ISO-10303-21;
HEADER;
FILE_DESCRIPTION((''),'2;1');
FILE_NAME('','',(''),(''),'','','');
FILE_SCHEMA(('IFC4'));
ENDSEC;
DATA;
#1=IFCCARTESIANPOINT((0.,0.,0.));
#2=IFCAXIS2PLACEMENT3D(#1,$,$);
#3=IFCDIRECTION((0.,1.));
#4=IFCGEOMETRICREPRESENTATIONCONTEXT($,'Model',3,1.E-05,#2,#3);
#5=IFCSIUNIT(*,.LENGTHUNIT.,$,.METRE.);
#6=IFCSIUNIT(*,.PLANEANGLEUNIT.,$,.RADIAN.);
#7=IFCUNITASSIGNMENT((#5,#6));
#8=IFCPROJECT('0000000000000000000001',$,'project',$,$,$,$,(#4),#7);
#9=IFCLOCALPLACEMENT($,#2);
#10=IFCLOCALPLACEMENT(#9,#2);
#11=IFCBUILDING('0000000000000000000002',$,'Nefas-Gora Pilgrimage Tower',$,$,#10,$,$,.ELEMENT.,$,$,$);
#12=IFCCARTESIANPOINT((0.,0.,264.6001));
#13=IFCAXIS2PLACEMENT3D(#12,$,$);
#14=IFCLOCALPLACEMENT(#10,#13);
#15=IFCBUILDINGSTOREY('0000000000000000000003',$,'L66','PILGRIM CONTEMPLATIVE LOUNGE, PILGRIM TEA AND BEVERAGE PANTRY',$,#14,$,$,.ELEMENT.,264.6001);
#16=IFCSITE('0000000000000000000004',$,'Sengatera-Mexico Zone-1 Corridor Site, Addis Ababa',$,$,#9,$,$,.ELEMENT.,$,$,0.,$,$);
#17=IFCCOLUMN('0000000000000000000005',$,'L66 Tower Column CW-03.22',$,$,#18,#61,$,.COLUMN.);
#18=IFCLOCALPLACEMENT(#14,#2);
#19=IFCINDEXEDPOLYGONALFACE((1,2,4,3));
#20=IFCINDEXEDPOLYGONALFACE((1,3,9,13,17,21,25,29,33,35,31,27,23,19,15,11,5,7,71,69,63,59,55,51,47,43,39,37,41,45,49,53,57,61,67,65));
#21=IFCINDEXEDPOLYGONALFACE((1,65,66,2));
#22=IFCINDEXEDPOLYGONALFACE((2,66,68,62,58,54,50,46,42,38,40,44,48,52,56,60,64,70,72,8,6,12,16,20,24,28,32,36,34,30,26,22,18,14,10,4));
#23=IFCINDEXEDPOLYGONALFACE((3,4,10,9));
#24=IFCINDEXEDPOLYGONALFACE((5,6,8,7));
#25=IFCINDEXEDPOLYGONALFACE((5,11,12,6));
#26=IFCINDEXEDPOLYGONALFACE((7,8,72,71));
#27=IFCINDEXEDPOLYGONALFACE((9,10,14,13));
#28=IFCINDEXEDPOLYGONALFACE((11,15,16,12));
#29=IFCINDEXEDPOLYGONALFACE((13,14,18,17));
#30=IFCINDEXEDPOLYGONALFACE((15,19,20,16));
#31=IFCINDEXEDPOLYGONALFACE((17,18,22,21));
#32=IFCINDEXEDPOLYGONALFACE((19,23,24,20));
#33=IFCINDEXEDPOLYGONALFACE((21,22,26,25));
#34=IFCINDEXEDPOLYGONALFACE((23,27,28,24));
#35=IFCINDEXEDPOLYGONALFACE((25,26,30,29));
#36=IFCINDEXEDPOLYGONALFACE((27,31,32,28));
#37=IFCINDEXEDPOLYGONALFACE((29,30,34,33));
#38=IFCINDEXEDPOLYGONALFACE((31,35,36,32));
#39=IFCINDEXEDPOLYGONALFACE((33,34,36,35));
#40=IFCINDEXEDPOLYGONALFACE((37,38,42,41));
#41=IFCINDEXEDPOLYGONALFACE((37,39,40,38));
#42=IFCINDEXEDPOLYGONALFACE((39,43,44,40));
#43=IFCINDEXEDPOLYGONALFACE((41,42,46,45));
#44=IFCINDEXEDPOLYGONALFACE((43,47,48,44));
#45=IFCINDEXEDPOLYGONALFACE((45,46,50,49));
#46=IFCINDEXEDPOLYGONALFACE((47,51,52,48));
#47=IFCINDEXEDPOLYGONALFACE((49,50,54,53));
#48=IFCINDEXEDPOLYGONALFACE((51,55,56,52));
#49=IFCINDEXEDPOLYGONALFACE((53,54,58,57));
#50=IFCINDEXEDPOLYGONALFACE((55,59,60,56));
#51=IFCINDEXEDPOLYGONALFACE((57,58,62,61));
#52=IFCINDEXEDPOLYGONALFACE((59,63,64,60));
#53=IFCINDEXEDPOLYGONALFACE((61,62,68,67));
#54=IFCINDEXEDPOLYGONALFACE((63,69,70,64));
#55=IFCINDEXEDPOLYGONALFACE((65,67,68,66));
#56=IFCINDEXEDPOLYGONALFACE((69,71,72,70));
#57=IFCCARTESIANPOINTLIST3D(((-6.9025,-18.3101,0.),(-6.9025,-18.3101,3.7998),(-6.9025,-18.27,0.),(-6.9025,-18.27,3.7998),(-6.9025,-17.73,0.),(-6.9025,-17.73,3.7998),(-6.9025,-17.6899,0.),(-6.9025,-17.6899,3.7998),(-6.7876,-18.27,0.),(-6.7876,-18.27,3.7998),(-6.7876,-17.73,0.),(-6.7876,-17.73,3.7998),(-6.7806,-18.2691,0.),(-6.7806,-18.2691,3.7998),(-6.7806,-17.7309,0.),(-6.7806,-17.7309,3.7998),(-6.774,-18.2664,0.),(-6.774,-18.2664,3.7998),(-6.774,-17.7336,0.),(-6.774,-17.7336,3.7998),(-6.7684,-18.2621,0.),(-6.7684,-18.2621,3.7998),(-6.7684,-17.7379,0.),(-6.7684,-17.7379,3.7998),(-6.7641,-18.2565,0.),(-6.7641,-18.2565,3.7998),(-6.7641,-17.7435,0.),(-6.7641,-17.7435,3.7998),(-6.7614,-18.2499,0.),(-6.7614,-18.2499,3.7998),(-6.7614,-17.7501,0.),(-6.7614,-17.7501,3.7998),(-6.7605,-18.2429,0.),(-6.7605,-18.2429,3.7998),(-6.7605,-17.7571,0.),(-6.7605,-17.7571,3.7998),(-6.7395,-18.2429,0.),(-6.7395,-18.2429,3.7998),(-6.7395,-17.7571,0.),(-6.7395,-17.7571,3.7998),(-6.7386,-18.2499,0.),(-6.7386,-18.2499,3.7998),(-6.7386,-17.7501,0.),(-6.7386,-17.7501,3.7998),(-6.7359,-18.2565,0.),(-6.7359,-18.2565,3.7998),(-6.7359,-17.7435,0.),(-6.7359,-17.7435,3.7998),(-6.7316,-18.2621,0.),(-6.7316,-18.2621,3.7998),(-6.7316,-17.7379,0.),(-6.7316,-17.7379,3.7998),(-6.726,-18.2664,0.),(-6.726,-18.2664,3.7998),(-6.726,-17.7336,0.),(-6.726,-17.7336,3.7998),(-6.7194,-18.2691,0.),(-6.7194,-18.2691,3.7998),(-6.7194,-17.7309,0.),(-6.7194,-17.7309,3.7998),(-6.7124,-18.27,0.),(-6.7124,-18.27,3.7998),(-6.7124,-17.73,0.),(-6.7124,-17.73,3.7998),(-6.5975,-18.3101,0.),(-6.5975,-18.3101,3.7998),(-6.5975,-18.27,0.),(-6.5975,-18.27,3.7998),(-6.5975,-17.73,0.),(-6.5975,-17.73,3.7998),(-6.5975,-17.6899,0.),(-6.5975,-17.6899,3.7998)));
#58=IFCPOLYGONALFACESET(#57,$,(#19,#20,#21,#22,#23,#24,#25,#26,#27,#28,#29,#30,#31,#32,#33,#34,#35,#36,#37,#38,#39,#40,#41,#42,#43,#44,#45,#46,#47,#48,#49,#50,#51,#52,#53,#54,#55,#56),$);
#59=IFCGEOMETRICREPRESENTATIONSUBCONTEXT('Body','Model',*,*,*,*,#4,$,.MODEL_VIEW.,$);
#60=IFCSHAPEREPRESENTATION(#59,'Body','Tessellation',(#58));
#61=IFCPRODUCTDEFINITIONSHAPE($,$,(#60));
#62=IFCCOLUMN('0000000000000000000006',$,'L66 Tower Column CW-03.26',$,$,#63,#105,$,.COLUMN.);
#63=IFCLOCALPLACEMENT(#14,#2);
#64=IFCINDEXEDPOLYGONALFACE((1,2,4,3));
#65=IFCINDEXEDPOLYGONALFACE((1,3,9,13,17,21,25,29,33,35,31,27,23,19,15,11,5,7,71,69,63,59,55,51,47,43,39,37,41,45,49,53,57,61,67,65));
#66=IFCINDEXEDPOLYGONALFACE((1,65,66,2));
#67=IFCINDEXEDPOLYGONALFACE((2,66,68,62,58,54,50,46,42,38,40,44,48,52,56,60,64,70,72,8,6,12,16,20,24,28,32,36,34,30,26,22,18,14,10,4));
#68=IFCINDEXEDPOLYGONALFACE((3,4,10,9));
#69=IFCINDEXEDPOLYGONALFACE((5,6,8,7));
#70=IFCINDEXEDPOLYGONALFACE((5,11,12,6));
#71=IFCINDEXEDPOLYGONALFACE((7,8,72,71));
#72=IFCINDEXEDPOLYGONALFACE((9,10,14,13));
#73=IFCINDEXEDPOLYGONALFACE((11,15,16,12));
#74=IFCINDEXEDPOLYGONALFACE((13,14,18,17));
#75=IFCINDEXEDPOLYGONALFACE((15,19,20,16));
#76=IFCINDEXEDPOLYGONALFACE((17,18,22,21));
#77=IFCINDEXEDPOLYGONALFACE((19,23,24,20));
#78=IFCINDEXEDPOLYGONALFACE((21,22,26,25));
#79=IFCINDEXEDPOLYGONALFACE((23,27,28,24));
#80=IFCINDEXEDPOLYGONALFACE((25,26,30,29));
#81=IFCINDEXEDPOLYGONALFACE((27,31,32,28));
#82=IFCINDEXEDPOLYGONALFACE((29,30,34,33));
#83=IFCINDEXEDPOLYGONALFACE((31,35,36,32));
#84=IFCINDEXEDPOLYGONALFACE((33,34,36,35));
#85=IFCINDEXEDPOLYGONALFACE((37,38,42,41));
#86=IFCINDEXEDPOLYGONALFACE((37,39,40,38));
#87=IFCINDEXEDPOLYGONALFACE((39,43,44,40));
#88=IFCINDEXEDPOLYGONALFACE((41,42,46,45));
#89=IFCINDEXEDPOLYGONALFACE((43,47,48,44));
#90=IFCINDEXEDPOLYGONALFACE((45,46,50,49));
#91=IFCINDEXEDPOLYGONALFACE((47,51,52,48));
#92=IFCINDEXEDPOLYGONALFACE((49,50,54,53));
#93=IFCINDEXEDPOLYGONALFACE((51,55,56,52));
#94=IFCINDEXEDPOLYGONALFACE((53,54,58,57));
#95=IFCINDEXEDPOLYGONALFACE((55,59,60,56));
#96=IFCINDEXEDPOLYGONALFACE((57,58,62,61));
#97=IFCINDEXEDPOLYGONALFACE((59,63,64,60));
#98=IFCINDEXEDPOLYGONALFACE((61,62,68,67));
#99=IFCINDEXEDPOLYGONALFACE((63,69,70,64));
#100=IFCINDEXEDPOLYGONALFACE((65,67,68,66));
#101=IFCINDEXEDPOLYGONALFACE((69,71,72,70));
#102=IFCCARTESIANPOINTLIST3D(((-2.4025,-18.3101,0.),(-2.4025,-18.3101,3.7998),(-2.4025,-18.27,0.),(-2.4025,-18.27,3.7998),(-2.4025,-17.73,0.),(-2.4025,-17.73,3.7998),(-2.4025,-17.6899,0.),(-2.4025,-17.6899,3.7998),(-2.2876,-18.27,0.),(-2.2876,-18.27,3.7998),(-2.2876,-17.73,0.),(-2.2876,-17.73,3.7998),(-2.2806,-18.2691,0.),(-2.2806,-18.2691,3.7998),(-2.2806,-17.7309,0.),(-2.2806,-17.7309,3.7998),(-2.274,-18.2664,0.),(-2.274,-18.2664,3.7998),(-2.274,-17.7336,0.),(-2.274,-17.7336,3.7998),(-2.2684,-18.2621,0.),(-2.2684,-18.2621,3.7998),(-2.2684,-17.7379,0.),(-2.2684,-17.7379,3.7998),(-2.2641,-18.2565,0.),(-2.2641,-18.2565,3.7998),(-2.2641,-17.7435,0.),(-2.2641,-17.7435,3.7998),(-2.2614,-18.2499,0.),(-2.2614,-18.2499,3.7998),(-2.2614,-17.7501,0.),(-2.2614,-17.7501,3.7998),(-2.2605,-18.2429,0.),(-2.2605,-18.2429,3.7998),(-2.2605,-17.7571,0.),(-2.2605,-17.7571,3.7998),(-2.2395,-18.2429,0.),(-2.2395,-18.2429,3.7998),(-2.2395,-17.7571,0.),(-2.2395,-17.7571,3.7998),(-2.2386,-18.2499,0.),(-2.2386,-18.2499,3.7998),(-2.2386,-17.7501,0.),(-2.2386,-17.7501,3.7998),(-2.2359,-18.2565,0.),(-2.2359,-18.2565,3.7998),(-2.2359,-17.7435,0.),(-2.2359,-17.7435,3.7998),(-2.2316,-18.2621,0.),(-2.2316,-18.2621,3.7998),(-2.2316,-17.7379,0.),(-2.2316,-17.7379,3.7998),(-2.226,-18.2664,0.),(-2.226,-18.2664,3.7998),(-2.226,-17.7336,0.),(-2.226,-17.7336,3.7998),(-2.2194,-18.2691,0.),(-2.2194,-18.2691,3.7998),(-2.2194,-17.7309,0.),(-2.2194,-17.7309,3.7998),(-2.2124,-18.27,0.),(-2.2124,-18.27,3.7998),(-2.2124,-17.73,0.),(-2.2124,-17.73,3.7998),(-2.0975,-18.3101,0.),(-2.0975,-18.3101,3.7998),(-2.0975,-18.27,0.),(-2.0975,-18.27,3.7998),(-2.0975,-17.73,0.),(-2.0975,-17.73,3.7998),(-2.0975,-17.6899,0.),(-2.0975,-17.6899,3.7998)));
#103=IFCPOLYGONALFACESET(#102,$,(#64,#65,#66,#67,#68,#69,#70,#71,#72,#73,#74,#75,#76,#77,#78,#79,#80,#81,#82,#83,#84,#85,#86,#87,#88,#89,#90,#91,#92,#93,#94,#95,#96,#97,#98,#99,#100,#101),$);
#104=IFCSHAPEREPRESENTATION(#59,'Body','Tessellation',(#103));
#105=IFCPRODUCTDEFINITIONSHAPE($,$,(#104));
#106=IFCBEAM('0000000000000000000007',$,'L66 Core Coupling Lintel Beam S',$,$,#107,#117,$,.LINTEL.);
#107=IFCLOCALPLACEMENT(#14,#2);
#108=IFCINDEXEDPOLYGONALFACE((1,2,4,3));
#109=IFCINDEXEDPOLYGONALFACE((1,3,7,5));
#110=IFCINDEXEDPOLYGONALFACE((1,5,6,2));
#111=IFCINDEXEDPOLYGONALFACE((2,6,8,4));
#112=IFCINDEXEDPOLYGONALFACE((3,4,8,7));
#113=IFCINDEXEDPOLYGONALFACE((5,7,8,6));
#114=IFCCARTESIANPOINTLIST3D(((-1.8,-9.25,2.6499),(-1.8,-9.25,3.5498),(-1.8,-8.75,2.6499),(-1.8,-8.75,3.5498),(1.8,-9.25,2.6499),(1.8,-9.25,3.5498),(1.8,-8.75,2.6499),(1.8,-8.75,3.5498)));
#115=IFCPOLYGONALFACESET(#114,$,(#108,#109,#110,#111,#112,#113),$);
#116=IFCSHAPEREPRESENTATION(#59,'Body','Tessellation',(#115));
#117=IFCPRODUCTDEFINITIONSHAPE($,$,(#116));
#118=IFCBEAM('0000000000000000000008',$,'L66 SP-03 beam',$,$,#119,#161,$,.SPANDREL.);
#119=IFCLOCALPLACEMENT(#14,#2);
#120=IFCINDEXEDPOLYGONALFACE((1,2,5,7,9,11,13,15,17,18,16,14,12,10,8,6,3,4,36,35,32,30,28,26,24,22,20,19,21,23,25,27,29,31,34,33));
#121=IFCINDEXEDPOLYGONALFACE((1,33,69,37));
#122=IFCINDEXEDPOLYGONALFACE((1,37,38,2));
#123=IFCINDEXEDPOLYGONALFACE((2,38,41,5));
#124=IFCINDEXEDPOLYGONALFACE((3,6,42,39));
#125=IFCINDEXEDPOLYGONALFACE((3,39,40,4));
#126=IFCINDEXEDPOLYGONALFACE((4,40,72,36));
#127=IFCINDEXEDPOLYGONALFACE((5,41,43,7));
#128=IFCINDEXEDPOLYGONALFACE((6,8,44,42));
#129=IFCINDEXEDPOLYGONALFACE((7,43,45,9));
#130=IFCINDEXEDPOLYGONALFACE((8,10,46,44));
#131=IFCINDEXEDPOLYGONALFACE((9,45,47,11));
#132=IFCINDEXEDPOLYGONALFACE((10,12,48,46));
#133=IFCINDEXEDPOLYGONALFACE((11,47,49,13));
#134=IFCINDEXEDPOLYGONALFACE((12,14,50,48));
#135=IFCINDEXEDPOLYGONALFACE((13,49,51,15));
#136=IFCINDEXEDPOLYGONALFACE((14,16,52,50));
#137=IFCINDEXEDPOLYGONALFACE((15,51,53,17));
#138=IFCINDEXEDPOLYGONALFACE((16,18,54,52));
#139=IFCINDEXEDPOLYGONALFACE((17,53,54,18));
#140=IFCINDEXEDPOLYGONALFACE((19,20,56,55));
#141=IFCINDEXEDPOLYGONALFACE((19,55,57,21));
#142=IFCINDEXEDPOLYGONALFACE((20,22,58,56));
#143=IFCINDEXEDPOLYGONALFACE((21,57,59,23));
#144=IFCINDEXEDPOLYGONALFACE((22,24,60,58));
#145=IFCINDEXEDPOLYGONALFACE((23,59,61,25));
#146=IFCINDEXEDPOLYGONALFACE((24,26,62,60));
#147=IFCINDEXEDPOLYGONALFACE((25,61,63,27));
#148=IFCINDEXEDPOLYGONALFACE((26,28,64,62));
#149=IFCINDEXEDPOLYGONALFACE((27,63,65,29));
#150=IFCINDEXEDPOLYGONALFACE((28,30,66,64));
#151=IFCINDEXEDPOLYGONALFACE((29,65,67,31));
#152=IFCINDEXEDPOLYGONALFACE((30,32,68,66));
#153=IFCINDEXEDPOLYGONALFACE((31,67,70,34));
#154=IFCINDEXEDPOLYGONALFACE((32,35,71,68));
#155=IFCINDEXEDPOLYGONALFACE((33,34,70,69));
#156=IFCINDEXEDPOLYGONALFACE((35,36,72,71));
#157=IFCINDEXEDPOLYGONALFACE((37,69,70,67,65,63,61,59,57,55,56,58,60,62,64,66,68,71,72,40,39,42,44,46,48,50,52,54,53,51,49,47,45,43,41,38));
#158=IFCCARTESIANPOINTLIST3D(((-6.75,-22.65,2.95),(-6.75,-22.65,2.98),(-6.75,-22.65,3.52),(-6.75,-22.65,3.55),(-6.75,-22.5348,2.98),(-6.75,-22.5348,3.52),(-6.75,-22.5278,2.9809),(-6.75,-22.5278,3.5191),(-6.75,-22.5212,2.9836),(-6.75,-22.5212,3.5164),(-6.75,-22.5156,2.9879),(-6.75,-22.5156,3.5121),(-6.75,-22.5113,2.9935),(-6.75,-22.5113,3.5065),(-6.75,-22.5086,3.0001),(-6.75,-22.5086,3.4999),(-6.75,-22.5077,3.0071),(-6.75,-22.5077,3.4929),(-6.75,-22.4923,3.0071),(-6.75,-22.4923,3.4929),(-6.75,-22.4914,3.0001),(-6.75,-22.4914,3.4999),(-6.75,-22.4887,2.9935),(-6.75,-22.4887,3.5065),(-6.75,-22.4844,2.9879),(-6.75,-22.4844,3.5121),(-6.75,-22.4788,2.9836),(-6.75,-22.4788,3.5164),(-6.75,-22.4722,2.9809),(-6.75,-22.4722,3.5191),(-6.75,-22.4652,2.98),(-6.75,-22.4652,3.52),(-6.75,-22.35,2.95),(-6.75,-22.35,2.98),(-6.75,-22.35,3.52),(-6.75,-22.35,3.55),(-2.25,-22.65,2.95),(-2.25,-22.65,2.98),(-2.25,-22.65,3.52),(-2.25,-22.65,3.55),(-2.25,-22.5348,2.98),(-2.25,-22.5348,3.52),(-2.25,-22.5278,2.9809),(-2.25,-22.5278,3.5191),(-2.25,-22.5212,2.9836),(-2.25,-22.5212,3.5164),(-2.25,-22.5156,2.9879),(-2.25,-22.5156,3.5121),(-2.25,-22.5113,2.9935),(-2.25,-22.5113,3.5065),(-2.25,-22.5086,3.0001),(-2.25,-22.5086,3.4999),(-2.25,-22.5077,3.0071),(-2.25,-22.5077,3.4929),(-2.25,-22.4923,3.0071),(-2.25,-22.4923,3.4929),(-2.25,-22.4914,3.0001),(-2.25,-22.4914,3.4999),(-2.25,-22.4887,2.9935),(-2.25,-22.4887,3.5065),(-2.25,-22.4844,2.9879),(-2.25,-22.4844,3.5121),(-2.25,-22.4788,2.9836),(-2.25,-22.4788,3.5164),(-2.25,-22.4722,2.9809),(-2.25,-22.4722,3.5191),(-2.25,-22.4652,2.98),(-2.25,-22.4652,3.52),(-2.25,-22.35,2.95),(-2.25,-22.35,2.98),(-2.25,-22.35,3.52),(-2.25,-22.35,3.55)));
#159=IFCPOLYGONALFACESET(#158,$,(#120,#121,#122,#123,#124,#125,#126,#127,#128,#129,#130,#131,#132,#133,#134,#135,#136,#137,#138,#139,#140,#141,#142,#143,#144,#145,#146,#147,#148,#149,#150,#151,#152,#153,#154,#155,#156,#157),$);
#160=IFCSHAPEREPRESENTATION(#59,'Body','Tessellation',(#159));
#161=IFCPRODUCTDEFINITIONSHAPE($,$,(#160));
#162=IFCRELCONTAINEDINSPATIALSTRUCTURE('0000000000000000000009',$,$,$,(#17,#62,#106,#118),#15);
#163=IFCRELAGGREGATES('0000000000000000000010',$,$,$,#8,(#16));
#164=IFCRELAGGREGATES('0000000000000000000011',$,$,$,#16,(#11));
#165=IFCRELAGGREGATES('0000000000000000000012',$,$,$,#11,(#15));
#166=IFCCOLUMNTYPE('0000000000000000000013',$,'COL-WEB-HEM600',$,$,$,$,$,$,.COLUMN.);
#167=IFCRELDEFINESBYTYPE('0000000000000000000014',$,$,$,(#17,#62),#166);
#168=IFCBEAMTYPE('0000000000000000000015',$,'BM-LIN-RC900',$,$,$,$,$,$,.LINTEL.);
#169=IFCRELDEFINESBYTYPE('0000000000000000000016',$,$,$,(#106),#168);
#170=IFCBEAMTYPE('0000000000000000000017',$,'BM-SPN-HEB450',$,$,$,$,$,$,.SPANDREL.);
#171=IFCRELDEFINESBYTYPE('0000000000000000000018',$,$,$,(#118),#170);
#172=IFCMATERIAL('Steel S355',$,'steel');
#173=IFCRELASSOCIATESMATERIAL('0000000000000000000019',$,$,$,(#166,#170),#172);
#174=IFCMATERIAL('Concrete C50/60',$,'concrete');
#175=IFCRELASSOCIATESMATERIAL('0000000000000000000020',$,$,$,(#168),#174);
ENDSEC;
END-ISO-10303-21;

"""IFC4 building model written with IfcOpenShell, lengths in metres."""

from ifc_helpers import new_model, si_unit, direction, frame, origin, origin_2d, place, context, subcontext, project, spatial, rectangle, i_section, extrude, source, transform, mapped, material, material_profile, profile_set, type_object, element, save


model = new_model("IFC4")

# Units and contexts
model_context = context("Model", 3, precision=1e-05, world=origin(), true_north=direction((0.0, 1.0)))
body_context = subcontext(model_context, "Body", "Model", "MODEL_VIEW")
ifc_project = project(units=[si_unit("LENGTHUNIT", "METRE"), si_unit("PLANEANGLEUNIT", "RADIAN")], contexts=[model_context])

# Site, building, storey
site_placement = place(None, origin())
site = spatial("IfcSite", under=ifc_project, at=site_placement, Name="Sengatera-Mexico Zone-1 Corridor Site, Addis Ababa", CompositionType="ELEMENT", RefElevation=0.0)
building_placement = place(site_placement, origin())
building = spatial("IfcBuilding", under=site, at=building_placement, Name="Nefas-Gora Pilgrimage Tower", CompositionType="ELEMENT")
storey_placement = place(building_placement, frame((0.0, 0.0, 264.6001)))
storey = spatial("IfcBuildingStorey", under=building, at=storey_placement, Name="L66", Description="PILGRIM CONTEMPLATIVE LOUNGE, PILGRIM TEA AND BEVERAGE PANTRY", CompositionType="ELEMENT", Elevation=264.6001)

# Columns
ifc_material_1 = material(Name="Steel S355", Category="steel")
ifc_material_profile_1 = material_profile(ifc_material_1, i_section(OverallWidth=0.3049, OverallDepth=0.6201, WebThickness=0.021, FlangeThickness=0.04, FilletRadius=0.0271, at=origin_2d()), Name="HEM 600")
ifc_profile_set_1 = profile_set([ifc_material_profile_1], Name="Steel S355")
column_type_1 = type_object("IfcColumnType", Name="COL-WEB-HEM600", PredefinedType="COLUMN", material=ifc_profile_set_1)
shared_shape_1 = source(origin(), body_context, "Body", "SweptSolid", [
    extrude(i_section(OverallWidth=0.3049, OverallDepth=0.6201, WebThickness=0.021, FlangeThickness=0.04, FilletRadius=0.0271, at=origin_2d()), origin(), (0.0, 0.0, 1.0), 3.7998),
])
for number, where, z_axis, x_axis, name in (
    (1, (-6.75, -18.0, 0.0), (0.0, 0.0, 1.0), (1.0, 0.0, 0.0), "L66 Tower Column CW-03.22"),
    (2, (-2.25, -18.0, 0.0), (0.0, 0.0, 1.0), (1.0, 0.0, 0.0), "L66 Tower Column CW-03.26"),
):
    element("IfcColumn", number, at=place(storey_placement, frame(where, z_axis=z_axis, x_axis=x_axis)), inside=storey, type_object=column_type_1, Name=name, PredefinedType="COLUMN", context=body_context, shape_type="MappedRepresentation", body=[
        mapped(shared_shape_1, transform((0.0, 0.0, 0.0), x_axis=(1.0, 0.0, 0.0), y_axis=(0.0, 1.0, 0.0), z_axis=(0.0, 0.0, 1.0), scale=1.0)),
    ])

# Beams
ifc_material_2 = material(Name="Concrete C50/60", Category="concrete")
ifc_material_profile_2 = material_profile(ifc_material_2, rectangle(XDim=0.5, YDim=0.8999, at=origin_2d()), Name="RC 500x900")
ifc_profile_set_2 = profile_set([ifc_material_profile_2], Name="Concrete C50/60")
beam_type_1 = type_object("IfcBeamType", Name="BM-LIN-RC900", PredefinedType="LINTEL", material=ifc_profile_set_2)
shared_shape_2 = source(origin(), body_context, "Body", "SweptSolid", [
    extrude(rectangle(XDim=0.5, YDim=0.8999, at=origin_2d()), origin(), (0.0, 0.0, 1.0), 3.6001),
])
beam_1_placement = place(storey_placement, frame((-1.8, -9.0, 3.0999), z_axis=(1.0, 0.0, 0.0), x_axis=(0.0, 1.0, 0.0)))
element("IfcBeam", 3, at=beam_1_placement, inside=storey, type_object=beam_type_1, Name="L66 Core Coupling Lintel Beam S", PredefinedType="LINTEL", context=body_context, shape_type="MappedRepresentation", body=[
    mapped(shared_shape_2, transform((0.0, 0.0, 0.0), x_axis=(1.0, 0.0, 0.0), y_axis=(0.0, 1.0, 0.0), z_axis=(0.0, 0.0, 1.0), scale=1.0)),
])
ifc_material_profile_3 = material_profile(ifc_material_1, i_section(OverallWidth=0.3, OverallDepth=0.6001, WebThickness=0.0154, FlangeThickness=0.03, FilletRadius=0.0271, at=origin_2d()), Name="HEB 600")
ifc_profile_set_3 = profile_set([ifc_material_profile_3], Name="Steel S355")
beam_type_2 = type_object("IfcBeamType", Name="BM-SPN-HEB450", PredefinedType="SPANDREL", material=ifc_profile_set_3)
shared_shape_3 = source(origin(), body_context, "Body", "SweptSolid", [
    extrude(i_section(OverallWidth=0.3, OverallDepth=0.6001, WebThickness=0.0154, FlangeThickness=0.03, FilletRadius=0.0271, at=origin_2d()), origin(), (0.0, 0.0, 1.0), 4.5),
])
for number, where, z_axis, x_axis, name in (
    (4, (-6.75, -22.5, 3.25), (1.0, 0.0, 0.0), (0.0, 1.0, 0.0), "L66 SP-03 beam"),
):
    element("IfcBeam", number, at=place(storey_placement, frame(where, z_axis=z_axis, x_axis=x_axis)), inside=storey, type_object=beam_type_2, Name=name, PredefinedType="SPANDREL", context=body_context, shape_type="MappedRepresentation", body=[
        mapped(shared_shape_3, transform((0.0, 0.0, 0.0), x_axis=(1.0, 0.0, 0.0), y_axis=(0.0, 1.0, 0.0), z_axis=(0.0, 0.0, 1.0), scale=1.0)),
    ])

save(model, "model.ifc")
